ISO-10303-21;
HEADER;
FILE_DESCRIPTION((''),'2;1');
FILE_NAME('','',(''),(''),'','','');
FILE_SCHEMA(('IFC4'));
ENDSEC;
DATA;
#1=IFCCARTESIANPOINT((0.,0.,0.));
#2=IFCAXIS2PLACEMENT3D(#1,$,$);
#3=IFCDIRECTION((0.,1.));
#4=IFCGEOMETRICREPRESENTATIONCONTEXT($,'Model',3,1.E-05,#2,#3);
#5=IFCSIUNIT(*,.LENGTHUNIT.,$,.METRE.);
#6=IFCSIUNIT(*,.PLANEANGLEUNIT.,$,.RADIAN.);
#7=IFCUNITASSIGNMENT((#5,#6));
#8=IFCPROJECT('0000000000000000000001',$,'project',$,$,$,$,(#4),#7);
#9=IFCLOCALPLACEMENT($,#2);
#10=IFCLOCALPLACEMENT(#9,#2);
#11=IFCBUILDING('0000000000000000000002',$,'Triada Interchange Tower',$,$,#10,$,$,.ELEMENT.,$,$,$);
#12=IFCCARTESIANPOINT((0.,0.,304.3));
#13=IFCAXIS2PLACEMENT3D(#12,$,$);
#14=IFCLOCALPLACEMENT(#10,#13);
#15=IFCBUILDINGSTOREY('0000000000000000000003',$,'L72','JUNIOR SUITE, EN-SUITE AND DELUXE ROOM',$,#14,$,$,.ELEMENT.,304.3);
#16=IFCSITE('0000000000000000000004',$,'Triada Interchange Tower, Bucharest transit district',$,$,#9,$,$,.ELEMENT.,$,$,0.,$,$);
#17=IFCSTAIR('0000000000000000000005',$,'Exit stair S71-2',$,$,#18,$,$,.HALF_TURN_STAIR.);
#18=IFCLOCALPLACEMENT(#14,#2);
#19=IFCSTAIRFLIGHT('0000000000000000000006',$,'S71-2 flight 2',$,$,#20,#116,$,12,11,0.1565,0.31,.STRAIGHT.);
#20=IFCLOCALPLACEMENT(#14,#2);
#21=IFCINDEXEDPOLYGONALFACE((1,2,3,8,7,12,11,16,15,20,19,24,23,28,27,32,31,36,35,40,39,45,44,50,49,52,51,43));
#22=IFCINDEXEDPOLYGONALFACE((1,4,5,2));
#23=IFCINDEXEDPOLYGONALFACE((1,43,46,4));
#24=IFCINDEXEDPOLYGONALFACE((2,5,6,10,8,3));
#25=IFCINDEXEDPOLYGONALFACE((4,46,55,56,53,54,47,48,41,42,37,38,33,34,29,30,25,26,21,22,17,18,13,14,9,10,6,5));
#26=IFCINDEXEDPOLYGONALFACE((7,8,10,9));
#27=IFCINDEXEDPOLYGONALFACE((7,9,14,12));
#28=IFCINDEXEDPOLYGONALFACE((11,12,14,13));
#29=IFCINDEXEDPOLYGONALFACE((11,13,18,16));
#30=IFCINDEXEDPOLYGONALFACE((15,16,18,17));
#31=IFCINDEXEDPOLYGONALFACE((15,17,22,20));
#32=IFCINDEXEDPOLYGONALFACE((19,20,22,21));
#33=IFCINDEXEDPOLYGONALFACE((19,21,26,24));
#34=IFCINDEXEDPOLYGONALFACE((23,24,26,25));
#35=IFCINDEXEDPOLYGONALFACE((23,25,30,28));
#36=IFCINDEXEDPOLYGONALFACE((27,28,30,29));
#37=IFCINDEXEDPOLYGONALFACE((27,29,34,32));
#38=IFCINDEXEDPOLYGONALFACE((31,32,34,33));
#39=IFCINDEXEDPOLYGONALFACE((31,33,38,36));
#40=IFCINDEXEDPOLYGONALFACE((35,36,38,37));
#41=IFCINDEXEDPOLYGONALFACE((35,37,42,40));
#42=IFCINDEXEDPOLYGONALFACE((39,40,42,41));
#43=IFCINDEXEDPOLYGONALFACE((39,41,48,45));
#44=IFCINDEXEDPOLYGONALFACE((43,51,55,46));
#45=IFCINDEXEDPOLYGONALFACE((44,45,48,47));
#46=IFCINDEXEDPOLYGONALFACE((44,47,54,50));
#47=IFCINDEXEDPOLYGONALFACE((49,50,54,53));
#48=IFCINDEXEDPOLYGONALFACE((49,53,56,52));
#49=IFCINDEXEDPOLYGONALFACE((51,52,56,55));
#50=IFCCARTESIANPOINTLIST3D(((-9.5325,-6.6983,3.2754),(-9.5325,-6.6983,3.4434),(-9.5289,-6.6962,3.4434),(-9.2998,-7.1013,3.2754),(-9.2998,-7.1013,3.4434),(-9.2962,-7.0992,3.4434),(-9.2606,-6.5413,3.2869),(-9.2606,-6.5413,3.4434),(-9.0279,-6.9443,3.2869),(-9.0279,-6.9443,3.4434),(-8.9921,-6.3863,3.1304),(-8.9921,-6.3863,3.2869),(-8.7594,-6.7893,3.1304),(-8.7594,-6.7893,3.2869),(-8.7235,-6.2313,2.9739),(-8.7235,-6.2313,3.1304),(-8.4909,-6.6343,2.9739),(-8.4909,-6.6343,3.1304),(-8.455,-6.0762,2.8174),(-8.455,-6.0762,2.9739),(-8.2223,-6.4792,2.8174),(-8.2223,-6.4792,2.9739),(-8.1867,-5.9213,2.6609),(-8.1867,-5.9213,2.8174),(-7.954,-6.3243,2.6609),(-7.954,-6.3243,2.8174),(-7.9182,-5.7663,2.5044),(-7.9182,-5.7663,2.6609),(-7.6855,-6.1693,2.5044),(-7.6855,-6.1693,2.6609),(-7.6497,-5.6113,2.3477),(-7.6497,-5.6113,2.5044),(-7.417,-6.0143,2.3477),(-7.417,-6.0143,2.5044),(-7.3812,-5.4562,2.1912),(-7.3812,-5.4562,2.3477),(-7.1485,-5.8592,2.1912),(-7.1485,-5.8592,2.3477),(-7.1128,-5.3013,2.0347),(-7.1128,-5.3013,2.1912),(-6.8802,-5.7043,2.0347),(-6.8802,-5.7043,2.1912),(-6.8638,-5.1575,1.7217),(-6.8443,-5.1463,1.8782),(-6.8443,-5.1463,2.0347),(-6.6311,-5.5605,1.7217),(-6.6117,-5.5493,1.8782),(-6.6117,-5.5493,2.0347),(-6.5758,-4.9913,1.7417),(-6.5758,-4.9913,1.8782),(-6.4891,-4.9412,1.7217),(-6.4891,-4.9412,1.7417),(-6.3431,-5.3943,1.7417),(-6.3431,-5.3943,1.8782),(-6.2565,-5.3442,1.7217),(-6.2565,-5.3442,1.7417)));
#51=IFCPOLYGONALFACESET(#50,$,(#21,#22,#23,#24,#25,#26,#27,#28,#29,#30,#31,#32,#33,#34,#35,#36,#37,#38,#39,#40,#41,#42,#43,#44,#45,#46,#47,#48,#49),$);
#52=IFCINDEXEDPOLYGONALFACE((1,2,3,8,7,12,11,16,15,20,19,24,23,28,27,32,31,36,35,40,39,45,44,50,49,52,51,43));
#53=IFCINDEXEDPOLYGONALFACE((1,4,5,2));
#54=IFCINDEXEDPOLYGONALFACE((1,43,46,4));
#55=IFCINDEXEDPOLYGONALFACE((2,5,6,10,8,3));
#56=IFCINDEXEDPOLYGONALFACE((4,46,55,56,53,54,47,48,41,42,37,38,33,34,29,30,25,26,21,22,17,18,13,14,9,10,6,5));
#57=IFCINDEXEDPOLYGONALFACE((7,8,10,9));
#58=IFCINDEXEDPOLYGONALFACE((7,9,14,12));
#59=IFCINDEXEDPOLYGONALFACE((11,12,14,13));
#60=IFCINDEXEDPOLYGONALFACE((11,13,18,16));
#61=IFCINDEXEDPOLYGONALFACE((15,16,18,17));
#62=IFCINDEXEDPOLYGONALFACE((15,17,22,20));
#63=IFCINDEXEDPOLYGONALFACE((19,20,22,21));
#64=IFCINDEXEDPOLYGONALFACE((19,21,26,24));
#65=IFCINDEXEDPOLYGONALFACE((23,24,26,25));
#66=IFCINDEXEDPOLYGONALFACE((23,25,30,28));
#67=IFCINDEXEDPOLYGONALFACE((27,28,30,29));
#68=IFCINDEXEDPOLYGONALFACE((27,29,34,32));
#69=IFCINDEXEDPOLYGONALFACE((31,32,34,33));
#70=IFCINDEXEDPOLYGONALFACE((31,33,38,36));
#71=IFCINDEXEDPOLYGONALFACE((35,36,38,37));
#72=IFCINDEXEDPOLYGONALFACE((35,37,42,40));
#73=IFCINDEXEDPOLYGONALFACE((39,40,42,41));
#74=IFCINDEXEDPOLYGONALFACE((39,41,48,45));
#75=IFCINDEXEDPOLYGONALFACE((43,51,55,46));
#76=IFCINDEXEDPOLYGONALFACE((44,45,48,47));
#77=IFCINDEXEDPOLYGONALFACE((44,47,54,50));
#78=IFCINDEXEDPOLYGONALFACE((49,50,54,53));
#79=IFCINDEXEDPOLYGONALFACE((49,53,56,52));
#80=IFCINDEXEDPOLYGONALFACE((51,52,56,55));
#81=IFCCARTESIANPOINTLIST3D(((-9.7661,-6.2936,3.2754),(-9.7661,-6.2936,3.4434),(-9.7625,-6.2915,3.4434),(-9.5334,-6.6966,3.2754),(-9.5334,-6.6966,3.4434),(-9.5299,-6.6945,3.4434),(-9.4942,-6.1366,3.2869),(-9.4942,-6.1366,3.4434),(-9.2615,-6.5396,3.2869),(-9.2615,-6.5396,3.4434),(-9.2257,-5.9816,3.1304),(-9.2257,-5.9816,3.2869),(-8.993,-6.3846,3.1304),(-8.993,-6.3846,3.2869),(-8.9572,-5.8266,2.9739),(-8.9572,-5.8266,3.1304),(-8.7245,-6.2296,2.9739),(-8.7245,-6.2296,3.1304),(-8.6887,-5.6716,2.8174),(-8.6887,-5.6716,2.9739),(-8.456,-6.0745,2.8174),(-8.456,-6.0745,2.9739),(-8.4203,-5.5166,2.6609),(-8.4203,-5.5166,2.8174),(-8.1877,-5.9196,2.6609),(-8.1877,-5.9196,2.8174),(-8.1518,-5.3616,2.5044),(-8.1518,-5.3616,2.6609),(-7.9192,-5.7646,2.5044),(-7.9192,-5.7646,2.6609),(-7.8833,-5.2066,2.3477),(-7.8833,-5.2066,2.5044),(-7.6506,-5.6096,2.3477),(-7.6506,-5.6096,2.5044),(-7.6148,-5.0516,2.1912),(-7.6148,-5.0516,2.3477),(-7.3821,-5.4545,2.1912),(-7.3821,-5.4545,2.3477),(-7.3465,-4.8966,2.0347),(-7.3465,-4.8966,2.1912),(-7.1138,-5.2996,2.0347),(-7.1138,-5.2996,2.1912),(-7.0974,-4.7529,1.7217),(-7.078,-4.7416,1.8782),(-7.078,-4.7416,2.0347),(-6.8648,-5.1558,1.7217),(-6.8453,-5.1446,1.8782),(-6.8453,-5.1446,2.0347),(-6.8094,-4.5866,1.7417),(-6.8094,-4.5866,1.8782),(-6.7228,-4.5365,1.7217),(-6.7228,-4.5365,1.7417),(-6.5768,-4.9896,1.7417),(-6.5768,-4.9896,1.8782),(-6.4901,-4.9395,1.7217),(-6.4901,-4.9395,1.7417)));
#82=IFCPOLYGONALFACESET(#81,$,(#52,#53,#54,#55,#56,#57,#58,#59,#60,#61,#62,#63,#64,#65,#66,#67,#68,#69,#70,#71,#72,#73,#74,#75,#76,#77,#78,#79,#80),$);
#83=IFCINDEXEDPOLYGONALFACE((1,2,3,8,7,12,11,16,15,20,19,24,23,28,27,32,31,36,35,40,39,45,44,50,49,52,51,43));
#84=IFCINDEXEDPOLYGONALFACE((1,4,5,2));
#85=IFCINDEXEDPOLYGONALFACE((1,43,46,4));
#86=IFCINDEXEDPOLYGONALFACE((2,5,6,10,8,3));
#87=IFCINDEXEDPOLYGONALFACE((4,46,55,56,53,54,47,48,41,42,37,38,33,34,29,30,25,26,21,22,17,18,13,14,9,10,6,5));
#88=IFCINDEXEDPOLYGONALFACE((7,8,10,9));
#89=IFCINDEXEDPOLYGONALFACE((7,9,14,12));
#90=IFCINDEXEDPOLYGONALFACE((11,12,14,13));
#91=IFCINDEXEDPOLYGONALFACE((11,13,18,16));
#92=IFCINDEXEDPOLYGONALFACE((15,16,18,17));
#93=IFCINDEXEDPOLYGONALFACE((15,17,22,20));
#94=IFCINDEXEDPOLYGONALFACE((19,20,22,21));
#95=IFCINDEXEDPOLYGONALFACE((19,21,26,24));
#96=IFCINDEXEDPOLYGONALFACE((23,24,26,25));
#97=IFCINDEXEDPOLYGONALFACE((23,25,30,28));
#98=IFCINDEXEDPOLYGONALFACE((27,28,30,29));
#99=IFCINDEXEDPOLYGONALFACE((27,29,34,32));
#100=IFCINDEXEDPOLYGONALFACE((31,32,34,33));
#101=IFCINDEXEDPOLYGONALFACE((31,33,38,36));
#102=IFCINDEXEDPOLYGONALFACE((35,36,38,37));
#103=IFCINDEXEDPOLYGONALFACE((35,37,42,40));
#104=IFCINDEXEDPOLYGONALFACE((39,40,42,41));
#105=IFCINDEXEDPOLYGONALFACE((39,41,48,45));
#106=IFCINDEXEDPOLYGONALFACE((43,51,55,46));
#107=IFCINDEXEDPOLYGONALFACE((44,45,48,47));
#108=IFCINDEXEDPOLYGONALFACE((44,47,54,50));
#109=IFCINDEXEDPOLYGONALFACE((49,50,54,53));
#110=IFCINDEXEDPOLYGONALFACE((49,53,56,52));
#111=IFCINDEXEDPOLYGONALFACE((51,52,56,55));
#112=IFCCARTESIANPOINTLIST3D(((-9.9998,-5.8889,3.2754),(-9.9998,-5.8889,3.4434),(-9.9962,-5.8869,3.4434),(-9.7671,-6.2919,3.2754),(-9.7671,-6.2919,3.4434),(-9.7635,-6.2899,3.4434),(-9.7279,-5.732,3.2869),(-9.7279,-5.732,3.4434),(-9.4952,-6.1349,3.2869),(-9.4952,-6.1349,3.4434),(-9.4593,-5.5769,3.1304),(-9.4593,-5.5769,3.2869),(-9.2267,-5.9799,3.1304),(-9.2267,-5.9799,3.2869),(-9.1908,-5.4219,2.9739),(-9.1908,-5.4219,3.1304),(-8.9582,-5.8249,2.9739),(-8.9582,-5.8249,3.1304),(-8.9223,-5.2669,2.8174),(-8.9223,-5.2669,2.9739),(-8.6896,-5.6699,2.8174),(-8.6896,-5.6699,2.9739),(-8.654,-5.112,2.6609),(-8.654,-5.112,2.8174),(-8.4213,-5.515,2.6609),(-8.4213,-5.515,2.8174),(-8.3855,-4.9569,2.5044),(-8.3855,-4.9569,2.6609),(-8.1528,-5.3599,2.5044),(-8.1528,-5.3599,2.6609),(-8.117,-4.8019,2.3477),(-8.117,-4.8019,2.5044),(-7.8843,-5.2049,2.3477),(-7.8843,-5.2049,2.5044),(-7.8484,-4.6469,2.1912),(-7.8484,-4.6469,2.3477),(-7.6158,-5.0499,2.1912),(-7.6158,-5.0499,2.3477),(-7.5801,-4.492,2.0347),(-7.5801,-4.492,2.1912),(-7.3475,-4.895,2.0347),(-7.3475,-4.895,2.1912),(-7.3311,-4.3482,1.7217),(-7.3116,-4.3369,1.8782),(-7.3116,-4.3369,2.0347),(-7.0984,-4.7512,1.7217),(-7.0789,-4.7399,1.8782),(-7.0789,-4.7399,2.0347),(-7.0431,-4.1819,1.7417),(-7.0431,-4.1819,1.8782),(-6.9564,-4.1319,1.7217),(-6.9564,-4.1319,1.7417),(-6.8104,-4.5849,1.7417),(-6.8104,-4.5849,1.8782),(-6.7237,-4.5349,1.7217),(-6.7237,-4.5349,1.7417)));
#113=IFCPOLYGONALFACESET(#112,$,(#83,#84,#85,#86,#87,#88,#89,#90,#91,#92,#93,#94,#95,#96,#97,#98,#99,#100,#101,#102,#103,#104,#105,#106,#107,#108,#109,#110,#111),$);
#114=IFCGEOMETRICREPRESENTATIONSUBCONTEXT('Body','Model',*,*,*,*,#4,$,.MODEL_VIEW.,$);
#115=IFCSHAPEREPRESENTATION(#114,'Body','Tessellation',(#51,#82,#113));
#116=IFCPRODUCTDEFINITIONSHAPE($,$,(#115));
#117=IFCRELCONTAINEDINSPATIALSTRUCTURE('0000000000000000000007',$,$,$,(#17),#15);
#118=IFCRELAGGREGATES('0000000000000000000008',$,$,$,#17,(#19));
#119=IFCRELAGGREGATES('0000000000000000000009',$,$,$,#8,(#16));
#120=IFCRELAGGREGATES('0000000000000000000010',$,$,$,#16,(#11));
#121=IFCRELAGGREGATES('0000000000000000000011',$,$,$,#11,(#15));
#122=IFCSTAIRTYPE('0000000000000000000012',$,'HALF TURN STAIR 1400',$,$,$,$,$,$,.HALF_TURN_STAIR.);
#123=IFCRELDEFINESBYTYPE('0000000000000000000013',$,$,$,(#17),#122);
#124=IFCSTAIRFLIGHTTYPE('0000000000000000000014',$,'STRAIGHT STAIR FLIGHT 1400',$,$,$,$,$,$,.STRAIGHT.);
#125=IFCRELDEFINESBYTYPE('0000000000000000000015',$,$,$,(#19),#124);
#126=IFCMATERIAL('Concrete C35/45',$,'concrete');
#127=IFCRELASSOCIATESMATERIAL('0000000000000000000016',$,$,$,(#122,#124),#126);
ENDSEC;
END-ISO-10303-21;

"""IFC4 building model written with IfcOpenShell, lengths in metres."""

from ifc_helpers import new_model, si_unit, direction, frame, origin, place, context, subcontext, project, spatial, polyline, outline, extrude, material, type_object, element, aggregate, save


model = new_model("IFC4")

# Units and contexts
model_context = context("Model", 3, precision=1e-05, world=origin(), true_north=direction((0.0, 1.0)))
body_context = subcontext(model_context, "Body", "Model", "MODEL_VIEW")
ifc_project = project(units=[si_unit("LENGTHUNIT", "METRE"), si_unit("PLANEANGLEUNIT", "RADIAN")], contexts=[model_context])

# Site, building, storey
site_placement = place(None, origin())
site = spatial("IfcSite", under=ifc_project, at=site_placement, Name="Triada Interchange Tower, Bucharest transit district", CompositionType="ELEMENT", RefElevation=0.0)
building_placement = place(site_placement, origin())
building = spatial("IfcBuilding", under=site, at=building_placement, Name="Triada Interchange Tower", CompositionType="ELEMENT")
storey_placement = place(building_placement, frame((0.0, 0.0, 304.3)))
storey = spatial("IfcBuildingStorey", under=building, at=storey_placement, Name="L72", Description="JUNIOR SUITE, EN-SUITE AND DELUXE ROOM", CompositionType="ELEMENT", Elevation=304.3)

# Stair, stair flight
ifc_material_1 = material(Name="Concrete C35/45", Category="concrete")
stair_type = type_object("IfcStairType", Name="HALF TURN STAIR 1400", PredefinedType="HALF_TURN_STAIR", material=ifc_material_1)
stair_placement = place(storey_placement, origin())
stair = element("IfcStair", 1, at=stair_placement, inside=storey, type_object=stair_type, Name="Exit stair S71-2", PredefinedType="HALF_TURN_STAIR")
stair_flight_type = type_object("IfcStairFlightType", Name="STRAIGHT STAIR FLIGHT 1400", PredefinedType="STRAIGHT", material=ifc_material_1)
stair_flight_1_placement = place(storey_placement, frame((-6.6931, -4.7881, 1.7217), z_axis=(0.0, 0.0, 1.0), x_axis=(-0.866025, -0.5, 0.0)))
stair_flight_1 = element("IfcStairFlight", 2, at=stair_flight_1_placement, type_object=stair_flight_type, Name="S71-2 flight 2", NumberOfRisers=12, NumberOfTreads=11, PredefinedType="STRAIGHT", RiserHeight=0.1565, TreadLength=0.31, context=body_context, shape_type="SweptSolid", body=[
    extrude(outline(polyline([(-0.1001, 0.0), (-0.1001, 0.02), (0.0, 0.02), (0.0, 0.1565), (0.3101, 0.1565), (0.3101, 0.313), (0.6201, 0.313), (0.6201, 0.4695), (0.9299, 0.4695), (0.9299, 0.626), (1.24, 0.626), (1.24, 0.7827), (1.55, 0.7827), (1.55, 0.9392), (1.8601, 0.9392), (1.8601, 1.0957), (2.1699, 1.0957), (2.1699, 1.2522), (2.48, 1.2522), (2.48, 1.4087), (2.79, 1.4087), (2.79, 1.5652), (3.1001, 1.5652), (3.1001, 1.7217), (3.4099, 1.7217), (3.4141, 1.7217), (3.4141, 1.8782), (3.4141, 1.5537), (0.3325, 0.0), (-0.1001, 0.0)])), frame((0.0, 0.7, 0.0), z_axis=(0.0, -1.0, 0.0), x_axis=(1.0, 0.0, 0.0)), (0.0, 0.0, 1.0), 0.4653),
    extrude(outline(polyline([(-0.1001, 0.0), (-0.1001, 0.02), (0.0, 0.02), (0.0, 0.1565), (0.3101, 0.1565), (0.3101, 0.313), (0.6201, 0.313), (0.6201, 0.4695), (0.9299, 0.4695), (0.9299, 0.626), (1.24, 0.626), (1.24, 0.7827), (1.55, 0.7827), (1.55, 0.9392), (1.8601, 0.9392), (1.8601, 1.0957), (2.1699, 1.0957), (2.1699, 1.2522), (2.48, 1.2522), (2.48, 1.4087), (2.79, 1.4087), (2.79, 1.5652), (3.1001, 1.5652), (3.1001, 1.7217), (3.4099, 1.7217), (3.4141, 1.7217), (3.4141, 1.8782), (3.4141, 1.5537), (0.3325, 0.0), (-0.1001, 0.0)])), frame((0.0, 0.2327, 0.0), z_axis=(0.0, -1.0, 0.0), x_axis=(1.0, 0.0, 0.0)), (0.0, 0.0, 1.0), 0.4653),
    extrude(outline(polyline([(-0.1001, 0.0), (-0.1001, 0.02), (0.0, 0.02), (0.0, 0.1565), (0.3101, 0.1565), (0.3101, 0.313), (0.6201, 0.313), (0.6201, 0.4695), (0.9299, 0.4695), (0.9299, 0.626), (1.24, 0.626), (1.24, 0.7827), (1.55, 0.7827), (1.55, 0.9392), (1.8601, 0.9392), (1.8601, 1.0957), (2.1699, 1.0957), (2.1699, 1.2522), (2.48, 1.2522), (2.48, 1.4087), (2.79, 1.4087), (2.79, 1.5652), (3.1001, 1.5652), (3.1001, 1.7217), (3.4099, 1.7217), (3.4141, 1.7217), (3.4141, 1.8782), (3.4141, 1.5537), (0.3325, 0.0), (-0.1001, 0.0)])), frame((0.0, -0.2346, 0.0), z_axis=(0.0, -1.0, 0.0), x_axis=(1.0, 0.0, 0.0)), (0.0, 0.0, 1.0), 0.4653),
])
aggregate(stair, [stair_flight_1])

save(model, "model.ifc")
